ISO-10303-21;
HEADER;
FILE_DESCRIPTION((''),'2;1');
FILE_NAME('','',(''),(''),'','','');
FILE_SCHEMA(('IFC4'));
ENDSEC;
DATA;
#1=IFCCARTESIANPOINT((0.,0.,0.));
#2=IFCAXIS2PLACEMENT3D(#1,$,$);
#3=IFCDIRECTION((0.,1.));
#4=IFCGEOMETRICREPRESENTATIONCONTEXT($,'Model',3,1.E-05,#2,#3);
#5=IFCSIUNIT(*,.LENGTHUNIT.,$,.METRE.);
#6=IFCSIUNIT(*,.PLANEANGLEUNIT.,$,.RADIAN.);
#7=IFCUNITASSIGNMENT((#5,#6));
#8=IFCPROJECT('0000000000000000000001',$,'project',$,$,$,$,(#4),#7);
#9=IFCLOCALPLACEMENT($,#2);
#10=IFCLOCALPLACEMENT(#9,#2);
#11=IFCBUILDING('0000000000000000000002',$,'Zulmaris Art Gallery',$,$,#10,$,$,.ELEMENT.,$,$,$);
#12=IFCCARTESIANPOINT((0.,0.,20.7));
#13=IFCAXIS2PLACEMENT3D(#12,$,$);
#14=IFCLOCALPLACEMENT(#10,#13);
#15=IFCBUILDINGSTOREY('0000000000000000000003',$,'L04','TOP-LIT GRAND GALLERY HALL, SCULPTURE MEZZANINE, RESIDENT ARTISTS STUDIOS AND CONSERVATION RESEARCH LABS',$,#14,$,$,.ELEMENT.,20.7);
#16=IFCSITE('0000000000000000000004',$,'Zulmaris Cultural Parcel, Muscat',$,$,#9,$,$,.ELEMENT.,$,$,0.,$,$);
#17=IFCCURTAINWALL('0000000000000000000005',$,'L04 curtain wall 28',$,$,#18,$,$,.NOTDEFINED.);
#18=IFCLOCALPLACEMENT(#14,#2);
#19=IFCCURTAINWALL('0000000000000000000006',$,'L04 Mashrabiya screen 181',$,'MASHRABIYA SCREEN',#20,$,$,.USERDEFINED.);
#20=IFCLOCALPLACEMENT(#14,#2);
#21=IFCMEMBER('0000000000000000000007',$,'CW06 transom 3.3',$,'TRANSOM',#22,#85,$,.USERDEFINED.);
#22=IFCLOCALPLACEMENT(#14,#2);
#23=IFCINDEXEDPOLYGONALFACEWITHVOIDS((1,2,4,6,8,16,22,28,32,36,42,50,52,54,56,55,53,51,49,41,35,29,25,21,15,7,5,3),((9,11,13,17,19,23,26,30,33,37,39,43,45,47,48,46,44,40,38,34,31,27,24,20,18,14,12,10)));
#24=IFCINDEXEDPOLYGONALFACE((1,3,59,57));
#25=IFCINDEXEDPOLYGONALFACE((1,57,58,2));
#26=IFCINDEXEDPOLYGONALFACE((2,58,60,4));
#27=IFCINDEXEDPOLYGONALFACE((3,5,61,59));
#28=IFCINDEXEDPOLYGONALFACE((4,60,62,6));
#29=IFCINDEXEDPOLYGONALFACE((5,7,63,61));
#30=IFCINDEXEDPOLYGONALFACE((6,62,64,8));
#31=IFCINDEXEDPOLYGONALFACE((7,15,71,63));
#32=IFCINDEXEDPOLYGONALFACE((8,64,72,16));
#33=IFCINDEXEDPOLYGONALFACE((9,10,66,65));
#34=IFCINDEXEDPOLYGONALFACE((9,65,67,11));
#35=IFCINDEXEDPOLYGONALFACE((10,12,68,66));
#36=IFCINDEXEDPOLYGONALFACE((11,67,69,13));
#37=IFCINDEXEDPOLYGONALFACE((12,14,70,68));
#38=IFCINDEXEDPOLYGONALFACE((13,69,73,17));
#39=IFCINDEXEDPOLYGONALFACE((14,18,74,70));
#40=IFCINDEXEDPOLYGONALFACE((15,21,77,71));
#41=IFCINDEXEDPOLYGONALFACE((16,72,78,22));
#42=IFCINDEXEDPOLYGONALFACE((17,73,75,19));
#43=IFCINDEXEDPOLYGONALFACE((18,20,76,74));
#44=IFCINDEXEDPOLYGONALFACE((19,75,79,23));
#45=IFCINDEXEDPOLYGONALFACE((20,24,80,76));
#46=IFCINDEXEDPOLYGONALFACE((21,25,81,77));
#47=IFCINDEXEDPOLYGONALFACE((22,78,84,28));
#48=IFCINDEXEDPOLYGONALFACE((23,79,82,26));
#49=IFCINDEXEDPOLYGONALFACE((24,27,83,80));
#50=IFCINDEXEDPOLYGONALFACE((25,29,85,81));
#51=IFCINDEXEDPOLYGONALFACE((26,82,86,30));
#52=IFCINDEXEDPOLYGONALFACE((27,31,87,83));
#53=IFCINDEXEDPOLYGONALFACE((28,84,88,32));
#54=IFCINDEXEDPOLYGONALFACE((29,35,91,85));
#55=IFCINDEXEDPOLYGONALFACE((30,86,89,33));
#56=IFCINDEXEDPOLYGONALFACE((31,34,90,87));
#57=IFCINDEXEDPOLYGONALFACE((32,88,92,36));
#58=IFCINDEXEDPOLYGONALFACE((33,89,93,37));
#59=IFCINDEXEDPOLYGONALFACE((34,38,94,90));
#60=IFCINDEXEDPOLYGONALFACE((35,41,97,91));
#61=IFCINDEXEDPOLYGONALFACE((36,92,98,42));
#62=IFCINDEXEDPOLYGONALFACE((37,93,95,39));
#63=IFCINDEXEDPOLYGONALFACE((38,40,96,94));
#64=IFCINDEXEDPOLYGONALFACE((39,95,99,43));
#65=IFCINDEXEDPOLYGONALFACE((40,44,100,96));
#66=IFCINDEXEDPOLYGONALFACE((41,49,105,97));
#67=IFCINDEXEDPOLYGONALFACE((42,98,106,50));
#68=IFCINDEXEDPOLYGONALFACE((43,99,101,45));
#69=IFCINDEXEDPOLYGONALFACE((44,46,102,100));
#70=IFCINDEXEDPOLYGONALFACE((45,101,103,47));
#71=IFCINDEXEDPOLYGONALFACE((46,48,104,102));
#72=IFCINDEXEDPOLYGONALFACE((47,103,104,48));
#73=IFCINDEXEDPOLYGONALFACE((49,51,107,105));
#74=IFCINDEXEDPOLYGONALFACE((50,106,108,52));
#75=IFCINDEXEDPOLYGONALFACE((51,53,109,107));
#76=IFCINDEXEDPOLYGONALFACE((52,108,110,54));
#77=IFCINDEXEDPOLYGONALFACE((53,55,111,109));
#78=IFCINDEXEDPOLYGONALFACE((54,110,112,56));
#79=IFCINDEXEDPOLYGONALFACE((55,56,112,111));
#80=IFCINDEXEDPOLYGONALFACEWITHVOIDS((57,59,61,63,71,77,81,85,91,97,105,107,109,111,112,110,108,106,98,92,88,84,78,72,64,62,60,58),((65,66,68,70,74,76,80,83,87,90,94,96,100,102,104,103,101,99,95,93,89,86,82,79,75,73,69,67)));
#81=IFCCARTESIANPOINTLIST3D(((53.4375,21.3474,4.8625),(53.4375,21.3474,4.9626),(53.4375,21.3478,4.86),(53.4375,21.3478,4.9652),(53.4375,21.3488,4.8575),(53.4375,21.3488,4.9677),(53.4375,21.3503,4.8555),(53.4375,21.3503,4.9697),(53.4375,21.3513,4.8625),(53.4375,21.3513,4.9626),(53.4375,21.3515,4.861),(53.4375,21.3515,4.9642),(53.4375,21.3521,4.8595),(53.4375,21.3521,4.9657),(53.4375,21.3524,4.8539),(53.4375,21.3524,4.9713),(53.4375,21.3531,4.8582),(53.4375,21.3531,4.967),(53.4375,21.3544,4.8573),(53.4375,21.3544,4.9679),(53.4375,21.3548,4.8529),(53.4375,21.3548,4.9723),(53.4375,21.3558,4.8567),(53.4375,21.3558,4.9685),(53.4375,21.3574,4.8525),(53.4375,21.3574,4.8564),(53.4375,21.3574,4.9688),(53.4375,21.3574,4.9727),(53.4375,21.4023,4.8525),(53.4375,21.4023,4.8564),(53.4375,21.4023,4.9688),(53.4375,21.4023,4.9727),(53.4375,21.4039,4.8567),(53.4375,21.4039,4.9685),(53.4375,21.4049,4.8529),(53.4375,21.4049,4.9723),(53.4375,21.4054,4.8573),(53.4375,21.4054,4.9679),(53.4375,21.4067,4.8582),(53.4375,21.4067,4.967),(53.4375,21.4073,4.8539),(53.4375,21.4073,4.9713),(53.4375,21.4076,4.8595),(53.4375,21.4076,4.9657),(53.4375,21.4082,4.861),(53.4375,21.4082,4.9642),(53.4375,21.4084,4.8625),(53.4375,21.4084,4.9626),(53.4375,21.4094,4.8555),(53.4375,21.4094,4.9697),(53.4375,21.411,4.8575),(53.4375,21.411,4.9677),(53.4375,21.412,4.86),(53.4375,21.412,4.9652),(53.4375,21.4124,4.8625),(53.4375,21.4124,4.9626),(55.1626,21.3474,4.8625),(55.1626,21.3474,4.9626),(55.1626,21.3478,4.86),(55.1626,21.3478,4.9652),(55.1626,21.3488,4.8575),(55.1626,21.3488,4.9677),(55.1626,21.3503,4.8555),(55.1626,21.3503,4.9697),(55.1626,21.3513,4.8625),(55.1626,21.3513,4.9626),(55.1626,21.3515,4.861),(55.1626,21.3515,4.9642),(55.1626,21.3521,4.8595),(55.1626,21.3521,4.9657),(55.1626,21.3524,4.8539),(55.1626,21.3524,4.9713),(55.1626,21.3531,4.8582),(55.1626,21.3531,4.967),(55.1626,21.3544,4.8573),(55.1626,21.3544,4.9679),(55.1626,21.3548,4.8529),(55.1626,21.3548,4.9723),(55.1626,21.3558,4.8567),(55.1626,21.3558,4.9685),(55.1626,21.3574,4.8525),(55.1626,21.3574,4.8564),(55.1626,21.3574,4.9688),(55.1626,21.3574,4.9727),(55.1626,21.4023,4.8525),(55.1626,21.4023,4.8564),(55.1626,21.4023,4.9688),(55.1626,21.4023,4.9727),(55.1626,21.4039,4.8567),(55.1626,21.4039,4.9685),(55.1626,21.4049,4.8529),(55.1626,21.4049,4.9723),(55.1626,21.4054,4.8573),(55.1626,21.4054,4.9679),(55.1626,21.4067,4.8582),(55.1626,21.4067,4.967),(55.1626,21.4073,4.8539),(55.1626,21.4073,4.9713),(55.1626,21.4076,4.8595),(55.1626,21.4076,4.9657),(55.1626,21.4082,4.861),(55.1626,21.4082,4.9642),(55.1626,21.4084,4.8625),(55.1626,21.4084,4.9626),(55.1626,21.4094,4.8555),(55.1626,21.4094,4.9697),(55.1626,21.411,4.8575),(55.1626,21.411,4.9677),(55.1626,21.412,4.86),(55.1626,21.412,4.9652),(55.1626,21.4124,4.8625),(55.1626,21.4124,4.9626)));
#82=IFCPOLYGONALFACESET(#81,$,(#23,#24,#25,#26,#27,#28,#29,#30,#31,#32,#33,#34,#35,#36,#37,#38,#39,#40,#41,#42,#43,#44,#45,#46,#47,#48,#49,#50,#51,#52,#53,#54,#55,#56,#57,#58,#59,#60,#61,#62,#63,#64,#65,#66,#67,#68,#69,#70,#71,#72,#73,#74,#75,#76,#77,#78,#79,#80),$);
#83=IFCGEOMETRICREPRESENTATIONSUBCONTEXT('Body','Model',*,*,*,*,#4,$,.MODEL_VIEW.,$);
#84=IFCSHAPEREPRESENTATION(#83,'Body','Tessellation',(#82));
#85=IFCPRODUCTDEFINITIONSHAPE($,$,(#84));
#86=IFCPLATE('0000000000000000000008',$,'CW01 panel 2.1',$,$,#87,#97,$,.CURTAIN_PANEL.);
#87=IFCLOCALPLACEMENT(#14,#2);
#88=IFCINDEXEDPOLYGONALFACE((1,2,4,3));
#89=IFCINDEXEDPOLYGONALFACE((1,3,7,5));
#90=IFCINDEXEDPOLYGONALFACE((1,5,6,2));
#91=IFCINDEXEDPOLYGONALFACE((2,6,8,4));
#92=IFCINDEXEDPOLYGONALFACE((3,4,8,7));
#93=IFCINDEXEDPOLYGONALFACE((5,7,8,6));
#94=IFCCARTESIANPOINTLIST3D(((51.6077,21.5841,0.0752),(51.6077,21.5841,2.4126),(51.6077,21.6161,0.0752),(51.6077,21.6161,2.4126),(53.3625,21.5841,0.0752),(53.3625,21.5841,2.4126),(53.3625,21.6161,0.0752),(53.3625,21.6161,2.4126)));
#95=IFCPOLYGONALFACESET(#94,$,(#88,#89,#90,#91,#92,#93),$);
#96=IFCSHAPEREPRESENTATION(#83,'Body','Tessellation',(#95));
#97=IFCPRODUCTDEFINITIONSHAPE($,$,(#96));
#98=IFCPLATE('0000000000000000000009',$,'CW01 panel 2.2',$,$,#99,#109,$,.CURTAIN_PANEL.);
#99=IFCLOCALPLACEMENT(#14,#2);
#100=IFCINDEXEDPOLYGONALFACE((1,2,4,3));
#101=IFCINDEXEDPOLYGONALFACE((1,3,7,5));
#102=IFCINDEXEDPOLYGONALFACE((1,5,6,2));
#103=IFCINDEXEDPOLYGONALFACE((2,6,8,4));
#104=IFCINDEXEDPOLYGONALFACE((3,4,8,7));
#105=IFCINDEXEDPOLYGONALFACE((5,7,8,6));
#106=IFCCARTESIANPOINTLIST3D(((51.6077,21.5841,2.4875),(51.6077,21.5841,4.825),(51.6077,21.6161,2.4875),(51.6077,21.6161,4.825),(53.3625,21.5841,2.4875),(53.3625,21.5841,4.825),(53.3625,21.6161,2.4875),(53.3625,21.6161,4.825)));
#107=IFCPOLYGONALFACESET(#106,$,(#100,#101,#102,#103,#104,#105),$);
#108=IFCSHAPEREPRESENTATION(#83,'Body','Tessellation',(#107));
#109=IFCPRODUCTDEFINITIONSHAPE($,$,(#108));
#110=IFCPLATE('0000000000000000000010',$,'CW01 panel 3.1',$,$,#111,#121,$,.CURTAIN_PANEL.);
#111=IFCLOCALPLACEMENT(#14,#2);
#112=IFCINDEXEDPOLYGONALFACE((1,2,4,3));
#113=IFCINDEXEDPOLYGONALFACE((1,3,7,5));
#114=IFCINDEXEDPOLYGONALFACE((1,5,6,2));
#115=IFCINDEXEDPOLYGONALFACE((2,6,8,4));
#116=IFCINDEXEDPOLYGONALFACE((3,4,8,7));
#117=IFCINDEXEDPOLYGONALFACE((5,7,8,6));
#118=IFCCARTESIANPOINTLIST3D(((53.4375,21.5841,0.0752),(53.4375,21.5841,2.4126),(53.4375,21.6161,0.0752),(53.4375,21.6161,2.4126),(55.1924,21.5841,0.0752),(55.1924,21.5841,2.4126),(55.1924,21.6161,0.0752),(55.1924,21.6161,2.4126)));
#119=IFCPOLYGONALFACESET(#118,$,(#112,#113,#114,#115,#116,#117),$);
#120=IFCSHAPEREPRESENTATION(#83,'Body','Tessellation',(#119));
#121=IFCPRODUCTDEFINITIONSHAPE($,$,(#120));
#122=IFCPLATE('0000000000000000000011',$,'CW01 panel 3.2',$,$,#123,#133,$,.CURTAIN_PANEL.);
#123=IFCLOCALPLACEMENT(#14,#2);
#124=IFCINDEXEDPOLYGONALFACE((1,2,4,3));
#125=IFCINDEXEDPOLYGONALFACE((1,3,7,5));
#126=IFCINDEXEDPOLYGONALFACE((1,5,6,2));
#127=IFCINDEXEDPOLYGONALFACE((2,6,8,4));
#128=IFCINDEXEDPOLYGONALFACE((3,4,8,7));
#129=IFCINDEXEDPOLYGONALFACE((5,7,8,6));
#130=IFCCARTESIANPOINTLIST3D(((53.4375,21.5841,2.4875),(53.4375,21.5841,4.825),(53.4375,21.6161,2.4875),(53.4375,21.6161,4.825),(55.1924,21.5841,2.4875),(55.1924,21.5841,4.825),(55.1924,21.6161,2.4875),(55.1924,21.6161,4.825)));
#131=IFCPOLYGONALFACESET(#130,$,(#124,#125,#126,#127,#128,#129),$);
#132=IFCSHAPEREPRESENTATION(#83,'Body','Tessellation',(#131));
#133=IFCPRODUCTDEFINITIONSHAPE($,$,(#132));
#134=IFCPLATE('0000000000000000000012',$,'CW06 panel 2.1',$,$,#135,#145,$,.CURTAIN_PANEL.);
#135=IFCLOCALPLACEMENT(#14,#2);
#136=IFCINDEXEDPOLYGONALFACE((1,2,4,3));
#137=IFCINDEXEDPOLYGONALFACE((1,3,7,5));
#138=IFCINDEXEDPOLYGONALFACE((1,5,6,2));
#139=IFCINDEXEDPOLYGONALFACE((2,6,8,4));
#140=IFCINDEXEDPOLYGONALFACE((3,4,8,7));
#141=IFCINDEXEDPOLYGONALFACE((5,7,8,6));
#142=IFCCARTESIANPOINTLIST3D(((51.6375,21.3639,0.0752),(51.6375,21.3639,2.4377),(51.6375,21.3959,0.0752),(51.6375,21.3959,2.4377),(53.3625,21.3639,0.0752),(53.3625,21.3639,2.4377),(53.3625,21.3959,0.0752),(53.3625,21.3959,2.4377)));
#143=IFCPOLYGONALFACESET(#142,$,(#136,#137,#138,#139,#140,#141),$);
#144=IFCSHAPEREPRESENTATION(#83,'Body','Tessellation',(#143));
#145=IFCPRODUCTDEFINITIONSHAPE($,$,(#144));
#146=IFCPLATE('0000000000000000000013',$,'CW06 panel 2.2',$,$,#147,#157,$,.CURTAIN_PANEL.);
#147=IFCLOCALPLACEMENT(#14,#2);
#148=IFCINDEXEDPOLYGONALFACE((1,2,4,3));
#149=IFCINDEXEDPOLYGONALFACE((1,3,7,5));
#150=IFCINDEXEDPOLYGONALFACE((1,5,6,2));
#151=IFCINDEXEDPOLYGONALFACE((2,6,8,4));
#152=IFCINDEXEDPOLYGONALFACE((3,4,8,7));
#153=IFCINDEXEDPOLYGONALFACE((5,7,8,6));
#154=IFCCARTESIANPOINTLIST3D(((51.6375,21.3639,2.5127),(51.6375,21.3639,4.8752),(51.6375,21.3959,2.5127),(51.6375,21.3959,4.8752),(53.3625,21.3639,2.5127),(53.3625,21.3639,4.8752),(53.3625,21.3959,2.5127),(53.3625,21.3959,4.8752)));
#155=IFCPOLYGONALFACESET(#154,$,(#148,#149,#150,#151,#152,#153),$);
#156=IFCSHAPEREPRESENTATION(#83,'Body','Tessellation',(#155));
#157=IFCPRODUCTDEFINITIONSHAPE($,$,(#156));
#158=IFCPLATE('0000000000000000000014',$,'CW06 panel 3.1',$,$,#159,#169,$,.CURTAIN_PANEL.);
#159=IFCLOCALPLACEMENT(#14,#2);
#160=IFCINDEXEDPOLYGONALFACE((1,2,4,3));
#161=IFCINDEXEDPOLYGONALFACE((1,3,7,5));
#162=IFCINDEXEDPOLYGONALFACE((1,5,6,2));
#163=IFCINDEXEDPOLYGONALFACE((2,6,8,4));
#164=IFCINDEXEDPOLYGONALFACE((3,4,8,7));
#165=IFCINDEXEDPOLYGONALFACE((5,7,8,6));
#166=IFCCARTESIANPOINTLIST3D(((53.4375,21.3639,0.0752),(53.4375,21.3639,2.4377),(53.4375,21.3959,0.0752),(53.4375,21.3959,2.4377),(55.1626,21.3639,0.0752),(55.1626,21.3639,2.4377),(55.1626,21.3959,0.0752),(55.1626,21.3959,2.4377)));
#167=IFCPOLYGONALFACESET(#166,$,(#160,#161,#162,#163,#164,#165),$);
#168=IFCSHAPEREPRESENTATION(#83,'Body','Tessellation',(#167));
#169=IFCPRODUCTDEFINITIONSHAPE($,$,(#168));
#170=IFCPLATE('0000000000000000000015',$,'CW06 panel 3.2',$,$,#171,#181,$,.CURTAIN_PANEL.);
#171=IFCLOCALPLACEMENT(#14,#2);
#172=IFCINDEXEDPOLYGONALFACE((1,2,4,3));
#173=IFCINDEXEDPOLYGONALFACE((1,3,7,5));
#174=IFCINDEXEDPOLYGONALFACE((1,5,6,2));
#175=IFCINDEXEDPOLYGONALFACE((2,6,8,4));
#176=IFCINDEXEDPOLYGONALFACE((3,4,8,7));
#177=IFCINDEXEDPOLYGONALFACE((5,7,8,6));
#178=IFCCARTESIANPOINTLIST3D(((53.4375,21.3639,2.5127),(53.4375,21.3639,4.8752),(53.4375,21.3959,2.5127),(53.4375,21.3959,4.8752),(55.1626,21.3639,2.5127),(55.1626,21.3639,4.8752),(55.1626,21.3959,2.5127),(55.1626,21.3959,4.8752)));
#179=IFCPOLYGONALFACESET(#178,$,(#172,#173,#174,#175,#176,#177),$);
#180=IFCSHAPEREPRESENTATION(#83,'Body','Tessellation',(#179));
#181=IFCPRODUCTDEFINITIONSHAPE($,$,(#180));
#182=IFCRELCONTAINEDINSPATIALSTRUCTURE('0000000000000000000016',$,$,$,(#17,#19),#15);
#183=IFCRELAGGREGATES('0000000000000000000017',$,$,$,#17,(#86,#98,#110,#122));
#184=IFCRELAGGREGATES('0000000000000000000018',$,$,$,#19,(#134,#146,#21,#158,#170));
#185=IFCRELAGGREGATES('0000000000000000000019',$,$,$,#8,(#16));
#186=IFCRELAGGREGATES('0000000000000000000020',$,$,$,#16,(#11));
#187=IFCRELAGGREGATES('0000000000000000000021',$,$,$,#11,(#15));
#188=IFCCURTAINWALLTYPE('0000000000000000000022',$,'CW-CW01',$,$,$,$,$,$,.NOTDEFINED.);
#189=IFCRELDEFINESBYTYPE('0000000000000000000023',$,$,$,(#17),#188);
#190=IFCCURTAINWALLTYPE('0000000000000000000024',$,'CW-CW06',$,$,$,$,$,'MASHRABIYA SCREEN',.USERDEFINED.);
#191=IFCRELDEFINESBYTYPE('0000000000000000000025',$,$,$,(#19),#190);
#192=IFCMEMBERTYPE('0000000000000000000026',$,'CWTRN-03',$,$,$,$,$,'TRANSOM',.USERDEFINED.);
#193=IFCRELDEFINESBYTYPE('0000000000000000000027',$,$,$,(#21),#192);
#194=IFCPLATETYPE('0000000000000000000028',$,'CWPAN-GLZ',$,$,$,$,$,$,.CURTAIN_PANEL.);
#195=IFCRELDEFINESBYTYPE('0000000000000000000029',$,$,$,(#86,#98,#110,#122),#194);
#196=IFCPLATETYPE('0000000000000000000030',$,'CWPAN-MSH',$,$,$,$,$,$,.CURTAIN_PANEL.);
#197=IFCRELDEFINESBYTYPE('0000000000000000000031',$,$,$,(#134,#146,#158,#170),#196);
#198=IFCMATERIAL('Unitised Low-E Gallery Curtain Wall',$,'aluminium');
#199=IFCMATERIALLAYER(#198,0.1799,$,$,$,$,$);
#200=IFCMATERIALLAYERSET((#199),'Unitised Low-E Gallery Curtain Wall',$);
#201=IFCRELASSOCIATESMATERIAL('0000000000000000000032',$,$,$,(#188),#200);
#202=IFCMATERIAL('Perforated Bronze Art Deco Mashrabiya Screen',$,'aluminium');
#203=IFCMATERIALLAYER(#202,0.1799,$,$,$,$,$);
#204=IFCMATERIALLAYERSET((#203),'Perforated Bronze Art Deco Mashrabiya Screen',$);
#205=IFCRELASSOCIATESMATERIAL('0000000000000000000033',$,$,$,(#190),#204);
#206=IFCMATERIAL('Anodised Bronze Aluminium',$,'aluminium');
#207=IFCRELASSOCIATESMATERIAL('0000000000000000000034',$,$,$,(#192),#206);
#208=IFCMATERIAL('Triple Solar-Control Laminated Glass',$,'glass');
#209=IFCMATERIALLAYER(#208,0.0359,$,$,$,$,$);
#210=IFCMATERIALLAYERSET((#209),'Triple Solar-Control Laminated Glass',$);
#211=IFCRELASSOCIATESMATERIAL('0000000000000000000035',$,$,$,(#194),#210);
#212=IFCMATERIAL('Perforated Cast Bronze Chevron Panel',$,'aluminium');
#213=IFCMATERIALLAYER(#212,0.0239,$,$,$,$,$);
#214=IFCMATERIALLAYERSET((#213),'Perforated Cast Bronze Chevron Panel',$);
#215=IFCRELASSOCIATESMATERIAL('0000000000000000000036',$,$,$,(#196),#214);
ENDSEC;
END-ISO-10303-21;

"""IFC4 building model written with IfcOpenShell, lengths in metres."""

from ifc_helpers import new_model, si_unit, direction, frame, origin, origin_2d, place, context, subcontext, project, spatial, rectangle, hollow_rectangle, extrude, material, layer, layer_set, material_profile, profile_set, type_object, element, aggregate, save


model = new_model("IFC4")

# Units and contexts
model_context = context("Model", 3, precision=1e-05, world=origin(), true_north=direction((0.0, 1.0)))
body_context = subcontext(model_context, "Body", "Model", "MODEL_VIEW")
ifc_project = project(units=[si_unit("LENGTHUNIT", "METRE"), si_unit("PLANEANGLEUNIT", "RADIAN")], contexts=[model_context])

# Site, building, storey
site_placement = place(None, origin())
site = spatial("IfcSite", under=ifc_project, at=site_placement, Name="Zulmaris Cultural Parcel, Muscat", CompositionType="ELEMENT", RefElevation=0.0)
building_placement = place(site_placement, origin())
building = spatial("IfcBuilding", under=site, at=building_placement, Name="Zulmaris Art Gallery", CompositionType="ELEMENT")
storey_placement = place(building_placement, frame((0.0, 0.0, 20.7)))
storey = spatial("IfcBuildingStorey", under=building, at=storey_placement, Name="L04", Description="TOP-LIT GRAND GALLERY HALL, SCULPTURE MEZZANINE, RESIDENT ARTISTS STUDIOS AND CONSERVATION RESEARCH LABS", CompositionType="ELEMENT", Elevation=20.7)

# Curtain wall
ifc_material_1 = material(Name="Unitised Low-E Gallery Curtain Wall", Category="aluminium")
ifc_layer_1 = layer(ifc_material_1, 0.1799)
ifc_layer_set_1 = layer_set([ifc_layer_1], Name="Unitised Low-E Gallery Curtain Wall")
curtain_wall_type_1 = type_object("IfcCurtainWallType", Name="CW-CW01", PredefinedType="NOTDEFINED", material=ifc_layer_set_1)
curtain_wall_1_placement = place(storey_placement, origin())
curtain_wall_1 = element("IfcCurtainWall", 1, at=curtain_wall_1_placement, inside=storey, type_object=curtain_wall_type_1, Name="L04 curtain wall 28", PredefinedType="NOTDEFINED")
ifc_material_2 = material(Name="Anodised Bronze Aluminium", Category="aluminium")

# Curtain wall
ifc_material_3 = material(Name="Perforated Bronze Art Deco Mashrabiya Screen", Category="aluminium")
ifc_layer_2 = layer(ifc_material_3, 0.1799)
ifc_layer_set_2 = layer_set([ifc_layer_2], Name="Perforated Bronze Art Deco Mashrabiya Screen")
curtain_wall_type_2 = type_object("IfcCurtainWallType", Name="CW-CW06", ElementType="MASHRABIYA SCREEN", PredefinedType="USERDEFINED", material=ifc_layer_set_2)
curtain_wall_2_placement = place(storey_placement, origin())
curtain_wall_2 = element("IfcCurtainWall", 2, at=curtain_wall_2_placement, inside=storey, type_object=curtain_wall_type_2, Name="L04 Mashrabiya screen 181", ObjectType="MASHRABIYA SCREEN", PredefinedType="USERDEFINED")

# Member
ifc_material_profile_1 = material_profile(ifc_material_2, hollow_rectangle(XDim=0.0649, YDim=0.1201, WallThickness=0.0039, InnerFilletRadius=0.0061, OuterFilletRadius=0.01, at=origin_2d()), Name="ALU 65x120x4")
ifc_profile_set_1 = profile_set([ifc_material_profile_1], Name="Anodised Bronze Aluminium")
member_type_1 = type_object("IfcMemberType", Name="CWTRN-03", ElementType="TRANSOM", PredefinedType="USERDEFINED", material=ifc_profile_set_1)
member_1_placement = place(storey_placement, frame((53.4375, 21.3799, 4.9126), z_axis=(1.0, 0.0, 0.0), x_axis=(0.0, 1.0, 0.0)))
member_1 = element("IfcMember", 3, at=member_1_placement, type_object=member_type_1, Name="CW06 transom 3.3", ObjectType="TRANSOM", PredefinedType="USERDEFINED", context=body_context, shape_type="SweptSolid", body=[
    extrude(hollow_rectangle(XDim=0.0649, YDim=0.1201, WallThickness=0.0039, InnerFilletRadius=0.0061, OuterFilletRadius=0.01, at=origin_2d()), origin(), (0.0, 0.0, 1.0), 1.7251),
])

# Plates
ifc_material_4 = material(Name="Triple Solar-Control Laminated Glass", Category="glass")
ifc_layer_3 = layer(ifc_material_4, 0.0359)
ifc_layer_set_3 = layer_set([ifc_layer_3], Name="Triple Solar-Control Laminated Glass")
plate_type_1 = type_object("IfcPlateType", Name="CWPAN-GLZ", PredefinedType="CURTAIN_PANEL", material=ifc_layer_set_3)
plate_1_placement = place(storey_placement, frame((52.4851, 21.6001, 0.0752), z_axis=(0.0, 0.0, 1.0), x_axis=(1.0, 0.0, 0.0)))
plate_1 = element("IfcPlate", 4, at=plate_1_placement, type_object=plate_type_1, Name="CW01 panel 2.1", PredefinedType="CURTAIN_PANEL", context=body_context, shape_type="SweptSolid", body=[
    extrude(rectangle(XDim=1.7549, YDim=0.032, at=origin_2d()), origin(), (0.0, 0.0, 1.0), 2.3374),
])
plate_2_placement = place(storey_placement, frame((52.4851, 21.6001, 2.4875), z_axis=(0.0, 0.0, 1.0), x_axis=(1.0, 0.0, 0.0)))
plate_2 = element("IfcPlate", 5, at=plate_2_placement, type_object=plate_type_1, Name="CW01 panel 2.2", PredefinedType="CURTAIN_PANEL", context=body_context, shape_type="SweptSolid", body=[
    extrude(rectangle(XDim=1.7549, YDim=0.032, at=origin_2d()), origin(), (0.0, 0.0, 1.0), 2.3374),
])
plate_3_placement = place(storey_placement, frame((54.3149, 21.6001, 0.0752), z_axis=(0.0, 0.0, 1.0), x_axis=(1.0, 0.0, 0.0)))
plate_3 = element("IfcPlate", 6, at=plate_3_placement, type_object=plate_type_1, Name="CW01 panel 3.1", PredefinedType="CURTAIN_PANEL", context=body_context, shape_type="SweptSolid", body=[
    extrude(rectangle(XDim=1.7549, YDim=0.032, at=origin_2d()), origin(), (0.0, 0.0, 1.0), 2.3374),
])
plate_4_placement = place(storey_placement, frame((54.3149, 21.6001, 2.4875), z_axis=(0.0, 0.0, 1.0), x_axis=(1.0, 0.0, 0.0)))
plate_4 = element("IfcPlate", 7, at=plate_4_placement, type_object=plate_type_1, Name="CW01 panel 3.2", PredefinedType="CURTAIN_PANEL", context=body_context, shape_type="SweptSolid", body=[
    extrude(rectangle(XDim=1.7549, YDim=0.032, at=origin_2d()), origin(), (0.0, 0.0, 1.0), 2.3374),
])
aggregate(curtain_wall_1, [plate_1, plate_2, plate_3, plate_4])
ifc_material_5 = material(Name="Perforated Cast Bronze Chevron Panel", Category="aluminium")
ifc_layer_4 = layer(ifc_material_5, 0.0239)
ifc_layer_set_4 = layer_set([ifc_layer_4], Name="Perforated Cast Bronze Chevron Panel")
plate_type_2 = type_object("IfcPlateType", Name="CWPAN-MSH", PredefinedType="CURTAIN_PANEL", material=ifc_layer_set_4)
plate_5_placement = place(storey_placement, frame((52.5, 21.3799, 0.0752), z_axis=(0.0, 0.0, 1.0), x_axis=(1.0, 0.0, 0.0)))
plate_5 = element("IfcPlate", 8, at=plate_5_placement, type_object=plate_type_2, Name="CW06 panel 2.1", PredefinedType="CURTAIN_PANEL", context=body_context, shape_type="SweptSolid", body=[
    extrude(rectangle(XDim=1.7251, YDim=0.032, at=origin_2d()), origin(), (0.0, 0.0, 1.0), 2.3625),
])
plate_6_placement = place(storey_placement, frame((52.5, 21.3799, 2.5127), z_axis=(0.0, 0.0, 1.0), x_axis=(1.0, 0.0, 0.0)))
plate_6 = element("IfcPlate", 9, at=plate_6_placement, type_object=plate_type_2, Name="CW06 panel 2.2", PredefinedType="CURTAIN_PANEL", context=body_context, shape_type="SweptSolid", body=[
    extrude(rectangle(XDim=1.7251, YDim=0.032, at=origin_2d()), origin(), (0.0, 0.0, 1.0), 2.3625),
])
plate_7_placement = place(storey_placement, frame((54.3, 21.3799, 0.0752), z_axis=(0.0, 0.0, 1.0), x_axis=(1.0, 0.0, 0.0)))
plate_7 = element("IfcPlate", 10, at=plate_7_placement, type_object=plate_type_2, Name="CW06 panel 3.1", PredefinedType="CURTAIN_PANEL", context=body_context, shape_type="SweptSolid", body=[
    extrude(rectangle(XDim=1.7251, YDim=0.032, at=origin_2d()), origin(), (0.0, 0.0, 1.0), 2.3625),
])
plate_8_placement = place(storey_placement, frame((54.3, 21.3799, 2.5127), z_axis=(0.0, 0.0, 1.0), x_axis=(1.0, 0.0, 0.0)))
plate_8 = element("IfcPlate", 11, at=plate_8_placement, type_object=plate_type_2, Name="CW06 panel 3.2", PredefinedType="CURTAIN_PANEL", context=body_context, shape_type="SweptSolid", body=[
    extrude(rectangle(XDim=1.7251, YDim=0.032, at=origin_2d()), origin(), (0.0, 0.0, 1.0), 2.3625),
])
aggregate(curtain_wall_2, [plate_5, plate_6, member_1, plate_7, plate_8])

save(model, "model.ifc")
